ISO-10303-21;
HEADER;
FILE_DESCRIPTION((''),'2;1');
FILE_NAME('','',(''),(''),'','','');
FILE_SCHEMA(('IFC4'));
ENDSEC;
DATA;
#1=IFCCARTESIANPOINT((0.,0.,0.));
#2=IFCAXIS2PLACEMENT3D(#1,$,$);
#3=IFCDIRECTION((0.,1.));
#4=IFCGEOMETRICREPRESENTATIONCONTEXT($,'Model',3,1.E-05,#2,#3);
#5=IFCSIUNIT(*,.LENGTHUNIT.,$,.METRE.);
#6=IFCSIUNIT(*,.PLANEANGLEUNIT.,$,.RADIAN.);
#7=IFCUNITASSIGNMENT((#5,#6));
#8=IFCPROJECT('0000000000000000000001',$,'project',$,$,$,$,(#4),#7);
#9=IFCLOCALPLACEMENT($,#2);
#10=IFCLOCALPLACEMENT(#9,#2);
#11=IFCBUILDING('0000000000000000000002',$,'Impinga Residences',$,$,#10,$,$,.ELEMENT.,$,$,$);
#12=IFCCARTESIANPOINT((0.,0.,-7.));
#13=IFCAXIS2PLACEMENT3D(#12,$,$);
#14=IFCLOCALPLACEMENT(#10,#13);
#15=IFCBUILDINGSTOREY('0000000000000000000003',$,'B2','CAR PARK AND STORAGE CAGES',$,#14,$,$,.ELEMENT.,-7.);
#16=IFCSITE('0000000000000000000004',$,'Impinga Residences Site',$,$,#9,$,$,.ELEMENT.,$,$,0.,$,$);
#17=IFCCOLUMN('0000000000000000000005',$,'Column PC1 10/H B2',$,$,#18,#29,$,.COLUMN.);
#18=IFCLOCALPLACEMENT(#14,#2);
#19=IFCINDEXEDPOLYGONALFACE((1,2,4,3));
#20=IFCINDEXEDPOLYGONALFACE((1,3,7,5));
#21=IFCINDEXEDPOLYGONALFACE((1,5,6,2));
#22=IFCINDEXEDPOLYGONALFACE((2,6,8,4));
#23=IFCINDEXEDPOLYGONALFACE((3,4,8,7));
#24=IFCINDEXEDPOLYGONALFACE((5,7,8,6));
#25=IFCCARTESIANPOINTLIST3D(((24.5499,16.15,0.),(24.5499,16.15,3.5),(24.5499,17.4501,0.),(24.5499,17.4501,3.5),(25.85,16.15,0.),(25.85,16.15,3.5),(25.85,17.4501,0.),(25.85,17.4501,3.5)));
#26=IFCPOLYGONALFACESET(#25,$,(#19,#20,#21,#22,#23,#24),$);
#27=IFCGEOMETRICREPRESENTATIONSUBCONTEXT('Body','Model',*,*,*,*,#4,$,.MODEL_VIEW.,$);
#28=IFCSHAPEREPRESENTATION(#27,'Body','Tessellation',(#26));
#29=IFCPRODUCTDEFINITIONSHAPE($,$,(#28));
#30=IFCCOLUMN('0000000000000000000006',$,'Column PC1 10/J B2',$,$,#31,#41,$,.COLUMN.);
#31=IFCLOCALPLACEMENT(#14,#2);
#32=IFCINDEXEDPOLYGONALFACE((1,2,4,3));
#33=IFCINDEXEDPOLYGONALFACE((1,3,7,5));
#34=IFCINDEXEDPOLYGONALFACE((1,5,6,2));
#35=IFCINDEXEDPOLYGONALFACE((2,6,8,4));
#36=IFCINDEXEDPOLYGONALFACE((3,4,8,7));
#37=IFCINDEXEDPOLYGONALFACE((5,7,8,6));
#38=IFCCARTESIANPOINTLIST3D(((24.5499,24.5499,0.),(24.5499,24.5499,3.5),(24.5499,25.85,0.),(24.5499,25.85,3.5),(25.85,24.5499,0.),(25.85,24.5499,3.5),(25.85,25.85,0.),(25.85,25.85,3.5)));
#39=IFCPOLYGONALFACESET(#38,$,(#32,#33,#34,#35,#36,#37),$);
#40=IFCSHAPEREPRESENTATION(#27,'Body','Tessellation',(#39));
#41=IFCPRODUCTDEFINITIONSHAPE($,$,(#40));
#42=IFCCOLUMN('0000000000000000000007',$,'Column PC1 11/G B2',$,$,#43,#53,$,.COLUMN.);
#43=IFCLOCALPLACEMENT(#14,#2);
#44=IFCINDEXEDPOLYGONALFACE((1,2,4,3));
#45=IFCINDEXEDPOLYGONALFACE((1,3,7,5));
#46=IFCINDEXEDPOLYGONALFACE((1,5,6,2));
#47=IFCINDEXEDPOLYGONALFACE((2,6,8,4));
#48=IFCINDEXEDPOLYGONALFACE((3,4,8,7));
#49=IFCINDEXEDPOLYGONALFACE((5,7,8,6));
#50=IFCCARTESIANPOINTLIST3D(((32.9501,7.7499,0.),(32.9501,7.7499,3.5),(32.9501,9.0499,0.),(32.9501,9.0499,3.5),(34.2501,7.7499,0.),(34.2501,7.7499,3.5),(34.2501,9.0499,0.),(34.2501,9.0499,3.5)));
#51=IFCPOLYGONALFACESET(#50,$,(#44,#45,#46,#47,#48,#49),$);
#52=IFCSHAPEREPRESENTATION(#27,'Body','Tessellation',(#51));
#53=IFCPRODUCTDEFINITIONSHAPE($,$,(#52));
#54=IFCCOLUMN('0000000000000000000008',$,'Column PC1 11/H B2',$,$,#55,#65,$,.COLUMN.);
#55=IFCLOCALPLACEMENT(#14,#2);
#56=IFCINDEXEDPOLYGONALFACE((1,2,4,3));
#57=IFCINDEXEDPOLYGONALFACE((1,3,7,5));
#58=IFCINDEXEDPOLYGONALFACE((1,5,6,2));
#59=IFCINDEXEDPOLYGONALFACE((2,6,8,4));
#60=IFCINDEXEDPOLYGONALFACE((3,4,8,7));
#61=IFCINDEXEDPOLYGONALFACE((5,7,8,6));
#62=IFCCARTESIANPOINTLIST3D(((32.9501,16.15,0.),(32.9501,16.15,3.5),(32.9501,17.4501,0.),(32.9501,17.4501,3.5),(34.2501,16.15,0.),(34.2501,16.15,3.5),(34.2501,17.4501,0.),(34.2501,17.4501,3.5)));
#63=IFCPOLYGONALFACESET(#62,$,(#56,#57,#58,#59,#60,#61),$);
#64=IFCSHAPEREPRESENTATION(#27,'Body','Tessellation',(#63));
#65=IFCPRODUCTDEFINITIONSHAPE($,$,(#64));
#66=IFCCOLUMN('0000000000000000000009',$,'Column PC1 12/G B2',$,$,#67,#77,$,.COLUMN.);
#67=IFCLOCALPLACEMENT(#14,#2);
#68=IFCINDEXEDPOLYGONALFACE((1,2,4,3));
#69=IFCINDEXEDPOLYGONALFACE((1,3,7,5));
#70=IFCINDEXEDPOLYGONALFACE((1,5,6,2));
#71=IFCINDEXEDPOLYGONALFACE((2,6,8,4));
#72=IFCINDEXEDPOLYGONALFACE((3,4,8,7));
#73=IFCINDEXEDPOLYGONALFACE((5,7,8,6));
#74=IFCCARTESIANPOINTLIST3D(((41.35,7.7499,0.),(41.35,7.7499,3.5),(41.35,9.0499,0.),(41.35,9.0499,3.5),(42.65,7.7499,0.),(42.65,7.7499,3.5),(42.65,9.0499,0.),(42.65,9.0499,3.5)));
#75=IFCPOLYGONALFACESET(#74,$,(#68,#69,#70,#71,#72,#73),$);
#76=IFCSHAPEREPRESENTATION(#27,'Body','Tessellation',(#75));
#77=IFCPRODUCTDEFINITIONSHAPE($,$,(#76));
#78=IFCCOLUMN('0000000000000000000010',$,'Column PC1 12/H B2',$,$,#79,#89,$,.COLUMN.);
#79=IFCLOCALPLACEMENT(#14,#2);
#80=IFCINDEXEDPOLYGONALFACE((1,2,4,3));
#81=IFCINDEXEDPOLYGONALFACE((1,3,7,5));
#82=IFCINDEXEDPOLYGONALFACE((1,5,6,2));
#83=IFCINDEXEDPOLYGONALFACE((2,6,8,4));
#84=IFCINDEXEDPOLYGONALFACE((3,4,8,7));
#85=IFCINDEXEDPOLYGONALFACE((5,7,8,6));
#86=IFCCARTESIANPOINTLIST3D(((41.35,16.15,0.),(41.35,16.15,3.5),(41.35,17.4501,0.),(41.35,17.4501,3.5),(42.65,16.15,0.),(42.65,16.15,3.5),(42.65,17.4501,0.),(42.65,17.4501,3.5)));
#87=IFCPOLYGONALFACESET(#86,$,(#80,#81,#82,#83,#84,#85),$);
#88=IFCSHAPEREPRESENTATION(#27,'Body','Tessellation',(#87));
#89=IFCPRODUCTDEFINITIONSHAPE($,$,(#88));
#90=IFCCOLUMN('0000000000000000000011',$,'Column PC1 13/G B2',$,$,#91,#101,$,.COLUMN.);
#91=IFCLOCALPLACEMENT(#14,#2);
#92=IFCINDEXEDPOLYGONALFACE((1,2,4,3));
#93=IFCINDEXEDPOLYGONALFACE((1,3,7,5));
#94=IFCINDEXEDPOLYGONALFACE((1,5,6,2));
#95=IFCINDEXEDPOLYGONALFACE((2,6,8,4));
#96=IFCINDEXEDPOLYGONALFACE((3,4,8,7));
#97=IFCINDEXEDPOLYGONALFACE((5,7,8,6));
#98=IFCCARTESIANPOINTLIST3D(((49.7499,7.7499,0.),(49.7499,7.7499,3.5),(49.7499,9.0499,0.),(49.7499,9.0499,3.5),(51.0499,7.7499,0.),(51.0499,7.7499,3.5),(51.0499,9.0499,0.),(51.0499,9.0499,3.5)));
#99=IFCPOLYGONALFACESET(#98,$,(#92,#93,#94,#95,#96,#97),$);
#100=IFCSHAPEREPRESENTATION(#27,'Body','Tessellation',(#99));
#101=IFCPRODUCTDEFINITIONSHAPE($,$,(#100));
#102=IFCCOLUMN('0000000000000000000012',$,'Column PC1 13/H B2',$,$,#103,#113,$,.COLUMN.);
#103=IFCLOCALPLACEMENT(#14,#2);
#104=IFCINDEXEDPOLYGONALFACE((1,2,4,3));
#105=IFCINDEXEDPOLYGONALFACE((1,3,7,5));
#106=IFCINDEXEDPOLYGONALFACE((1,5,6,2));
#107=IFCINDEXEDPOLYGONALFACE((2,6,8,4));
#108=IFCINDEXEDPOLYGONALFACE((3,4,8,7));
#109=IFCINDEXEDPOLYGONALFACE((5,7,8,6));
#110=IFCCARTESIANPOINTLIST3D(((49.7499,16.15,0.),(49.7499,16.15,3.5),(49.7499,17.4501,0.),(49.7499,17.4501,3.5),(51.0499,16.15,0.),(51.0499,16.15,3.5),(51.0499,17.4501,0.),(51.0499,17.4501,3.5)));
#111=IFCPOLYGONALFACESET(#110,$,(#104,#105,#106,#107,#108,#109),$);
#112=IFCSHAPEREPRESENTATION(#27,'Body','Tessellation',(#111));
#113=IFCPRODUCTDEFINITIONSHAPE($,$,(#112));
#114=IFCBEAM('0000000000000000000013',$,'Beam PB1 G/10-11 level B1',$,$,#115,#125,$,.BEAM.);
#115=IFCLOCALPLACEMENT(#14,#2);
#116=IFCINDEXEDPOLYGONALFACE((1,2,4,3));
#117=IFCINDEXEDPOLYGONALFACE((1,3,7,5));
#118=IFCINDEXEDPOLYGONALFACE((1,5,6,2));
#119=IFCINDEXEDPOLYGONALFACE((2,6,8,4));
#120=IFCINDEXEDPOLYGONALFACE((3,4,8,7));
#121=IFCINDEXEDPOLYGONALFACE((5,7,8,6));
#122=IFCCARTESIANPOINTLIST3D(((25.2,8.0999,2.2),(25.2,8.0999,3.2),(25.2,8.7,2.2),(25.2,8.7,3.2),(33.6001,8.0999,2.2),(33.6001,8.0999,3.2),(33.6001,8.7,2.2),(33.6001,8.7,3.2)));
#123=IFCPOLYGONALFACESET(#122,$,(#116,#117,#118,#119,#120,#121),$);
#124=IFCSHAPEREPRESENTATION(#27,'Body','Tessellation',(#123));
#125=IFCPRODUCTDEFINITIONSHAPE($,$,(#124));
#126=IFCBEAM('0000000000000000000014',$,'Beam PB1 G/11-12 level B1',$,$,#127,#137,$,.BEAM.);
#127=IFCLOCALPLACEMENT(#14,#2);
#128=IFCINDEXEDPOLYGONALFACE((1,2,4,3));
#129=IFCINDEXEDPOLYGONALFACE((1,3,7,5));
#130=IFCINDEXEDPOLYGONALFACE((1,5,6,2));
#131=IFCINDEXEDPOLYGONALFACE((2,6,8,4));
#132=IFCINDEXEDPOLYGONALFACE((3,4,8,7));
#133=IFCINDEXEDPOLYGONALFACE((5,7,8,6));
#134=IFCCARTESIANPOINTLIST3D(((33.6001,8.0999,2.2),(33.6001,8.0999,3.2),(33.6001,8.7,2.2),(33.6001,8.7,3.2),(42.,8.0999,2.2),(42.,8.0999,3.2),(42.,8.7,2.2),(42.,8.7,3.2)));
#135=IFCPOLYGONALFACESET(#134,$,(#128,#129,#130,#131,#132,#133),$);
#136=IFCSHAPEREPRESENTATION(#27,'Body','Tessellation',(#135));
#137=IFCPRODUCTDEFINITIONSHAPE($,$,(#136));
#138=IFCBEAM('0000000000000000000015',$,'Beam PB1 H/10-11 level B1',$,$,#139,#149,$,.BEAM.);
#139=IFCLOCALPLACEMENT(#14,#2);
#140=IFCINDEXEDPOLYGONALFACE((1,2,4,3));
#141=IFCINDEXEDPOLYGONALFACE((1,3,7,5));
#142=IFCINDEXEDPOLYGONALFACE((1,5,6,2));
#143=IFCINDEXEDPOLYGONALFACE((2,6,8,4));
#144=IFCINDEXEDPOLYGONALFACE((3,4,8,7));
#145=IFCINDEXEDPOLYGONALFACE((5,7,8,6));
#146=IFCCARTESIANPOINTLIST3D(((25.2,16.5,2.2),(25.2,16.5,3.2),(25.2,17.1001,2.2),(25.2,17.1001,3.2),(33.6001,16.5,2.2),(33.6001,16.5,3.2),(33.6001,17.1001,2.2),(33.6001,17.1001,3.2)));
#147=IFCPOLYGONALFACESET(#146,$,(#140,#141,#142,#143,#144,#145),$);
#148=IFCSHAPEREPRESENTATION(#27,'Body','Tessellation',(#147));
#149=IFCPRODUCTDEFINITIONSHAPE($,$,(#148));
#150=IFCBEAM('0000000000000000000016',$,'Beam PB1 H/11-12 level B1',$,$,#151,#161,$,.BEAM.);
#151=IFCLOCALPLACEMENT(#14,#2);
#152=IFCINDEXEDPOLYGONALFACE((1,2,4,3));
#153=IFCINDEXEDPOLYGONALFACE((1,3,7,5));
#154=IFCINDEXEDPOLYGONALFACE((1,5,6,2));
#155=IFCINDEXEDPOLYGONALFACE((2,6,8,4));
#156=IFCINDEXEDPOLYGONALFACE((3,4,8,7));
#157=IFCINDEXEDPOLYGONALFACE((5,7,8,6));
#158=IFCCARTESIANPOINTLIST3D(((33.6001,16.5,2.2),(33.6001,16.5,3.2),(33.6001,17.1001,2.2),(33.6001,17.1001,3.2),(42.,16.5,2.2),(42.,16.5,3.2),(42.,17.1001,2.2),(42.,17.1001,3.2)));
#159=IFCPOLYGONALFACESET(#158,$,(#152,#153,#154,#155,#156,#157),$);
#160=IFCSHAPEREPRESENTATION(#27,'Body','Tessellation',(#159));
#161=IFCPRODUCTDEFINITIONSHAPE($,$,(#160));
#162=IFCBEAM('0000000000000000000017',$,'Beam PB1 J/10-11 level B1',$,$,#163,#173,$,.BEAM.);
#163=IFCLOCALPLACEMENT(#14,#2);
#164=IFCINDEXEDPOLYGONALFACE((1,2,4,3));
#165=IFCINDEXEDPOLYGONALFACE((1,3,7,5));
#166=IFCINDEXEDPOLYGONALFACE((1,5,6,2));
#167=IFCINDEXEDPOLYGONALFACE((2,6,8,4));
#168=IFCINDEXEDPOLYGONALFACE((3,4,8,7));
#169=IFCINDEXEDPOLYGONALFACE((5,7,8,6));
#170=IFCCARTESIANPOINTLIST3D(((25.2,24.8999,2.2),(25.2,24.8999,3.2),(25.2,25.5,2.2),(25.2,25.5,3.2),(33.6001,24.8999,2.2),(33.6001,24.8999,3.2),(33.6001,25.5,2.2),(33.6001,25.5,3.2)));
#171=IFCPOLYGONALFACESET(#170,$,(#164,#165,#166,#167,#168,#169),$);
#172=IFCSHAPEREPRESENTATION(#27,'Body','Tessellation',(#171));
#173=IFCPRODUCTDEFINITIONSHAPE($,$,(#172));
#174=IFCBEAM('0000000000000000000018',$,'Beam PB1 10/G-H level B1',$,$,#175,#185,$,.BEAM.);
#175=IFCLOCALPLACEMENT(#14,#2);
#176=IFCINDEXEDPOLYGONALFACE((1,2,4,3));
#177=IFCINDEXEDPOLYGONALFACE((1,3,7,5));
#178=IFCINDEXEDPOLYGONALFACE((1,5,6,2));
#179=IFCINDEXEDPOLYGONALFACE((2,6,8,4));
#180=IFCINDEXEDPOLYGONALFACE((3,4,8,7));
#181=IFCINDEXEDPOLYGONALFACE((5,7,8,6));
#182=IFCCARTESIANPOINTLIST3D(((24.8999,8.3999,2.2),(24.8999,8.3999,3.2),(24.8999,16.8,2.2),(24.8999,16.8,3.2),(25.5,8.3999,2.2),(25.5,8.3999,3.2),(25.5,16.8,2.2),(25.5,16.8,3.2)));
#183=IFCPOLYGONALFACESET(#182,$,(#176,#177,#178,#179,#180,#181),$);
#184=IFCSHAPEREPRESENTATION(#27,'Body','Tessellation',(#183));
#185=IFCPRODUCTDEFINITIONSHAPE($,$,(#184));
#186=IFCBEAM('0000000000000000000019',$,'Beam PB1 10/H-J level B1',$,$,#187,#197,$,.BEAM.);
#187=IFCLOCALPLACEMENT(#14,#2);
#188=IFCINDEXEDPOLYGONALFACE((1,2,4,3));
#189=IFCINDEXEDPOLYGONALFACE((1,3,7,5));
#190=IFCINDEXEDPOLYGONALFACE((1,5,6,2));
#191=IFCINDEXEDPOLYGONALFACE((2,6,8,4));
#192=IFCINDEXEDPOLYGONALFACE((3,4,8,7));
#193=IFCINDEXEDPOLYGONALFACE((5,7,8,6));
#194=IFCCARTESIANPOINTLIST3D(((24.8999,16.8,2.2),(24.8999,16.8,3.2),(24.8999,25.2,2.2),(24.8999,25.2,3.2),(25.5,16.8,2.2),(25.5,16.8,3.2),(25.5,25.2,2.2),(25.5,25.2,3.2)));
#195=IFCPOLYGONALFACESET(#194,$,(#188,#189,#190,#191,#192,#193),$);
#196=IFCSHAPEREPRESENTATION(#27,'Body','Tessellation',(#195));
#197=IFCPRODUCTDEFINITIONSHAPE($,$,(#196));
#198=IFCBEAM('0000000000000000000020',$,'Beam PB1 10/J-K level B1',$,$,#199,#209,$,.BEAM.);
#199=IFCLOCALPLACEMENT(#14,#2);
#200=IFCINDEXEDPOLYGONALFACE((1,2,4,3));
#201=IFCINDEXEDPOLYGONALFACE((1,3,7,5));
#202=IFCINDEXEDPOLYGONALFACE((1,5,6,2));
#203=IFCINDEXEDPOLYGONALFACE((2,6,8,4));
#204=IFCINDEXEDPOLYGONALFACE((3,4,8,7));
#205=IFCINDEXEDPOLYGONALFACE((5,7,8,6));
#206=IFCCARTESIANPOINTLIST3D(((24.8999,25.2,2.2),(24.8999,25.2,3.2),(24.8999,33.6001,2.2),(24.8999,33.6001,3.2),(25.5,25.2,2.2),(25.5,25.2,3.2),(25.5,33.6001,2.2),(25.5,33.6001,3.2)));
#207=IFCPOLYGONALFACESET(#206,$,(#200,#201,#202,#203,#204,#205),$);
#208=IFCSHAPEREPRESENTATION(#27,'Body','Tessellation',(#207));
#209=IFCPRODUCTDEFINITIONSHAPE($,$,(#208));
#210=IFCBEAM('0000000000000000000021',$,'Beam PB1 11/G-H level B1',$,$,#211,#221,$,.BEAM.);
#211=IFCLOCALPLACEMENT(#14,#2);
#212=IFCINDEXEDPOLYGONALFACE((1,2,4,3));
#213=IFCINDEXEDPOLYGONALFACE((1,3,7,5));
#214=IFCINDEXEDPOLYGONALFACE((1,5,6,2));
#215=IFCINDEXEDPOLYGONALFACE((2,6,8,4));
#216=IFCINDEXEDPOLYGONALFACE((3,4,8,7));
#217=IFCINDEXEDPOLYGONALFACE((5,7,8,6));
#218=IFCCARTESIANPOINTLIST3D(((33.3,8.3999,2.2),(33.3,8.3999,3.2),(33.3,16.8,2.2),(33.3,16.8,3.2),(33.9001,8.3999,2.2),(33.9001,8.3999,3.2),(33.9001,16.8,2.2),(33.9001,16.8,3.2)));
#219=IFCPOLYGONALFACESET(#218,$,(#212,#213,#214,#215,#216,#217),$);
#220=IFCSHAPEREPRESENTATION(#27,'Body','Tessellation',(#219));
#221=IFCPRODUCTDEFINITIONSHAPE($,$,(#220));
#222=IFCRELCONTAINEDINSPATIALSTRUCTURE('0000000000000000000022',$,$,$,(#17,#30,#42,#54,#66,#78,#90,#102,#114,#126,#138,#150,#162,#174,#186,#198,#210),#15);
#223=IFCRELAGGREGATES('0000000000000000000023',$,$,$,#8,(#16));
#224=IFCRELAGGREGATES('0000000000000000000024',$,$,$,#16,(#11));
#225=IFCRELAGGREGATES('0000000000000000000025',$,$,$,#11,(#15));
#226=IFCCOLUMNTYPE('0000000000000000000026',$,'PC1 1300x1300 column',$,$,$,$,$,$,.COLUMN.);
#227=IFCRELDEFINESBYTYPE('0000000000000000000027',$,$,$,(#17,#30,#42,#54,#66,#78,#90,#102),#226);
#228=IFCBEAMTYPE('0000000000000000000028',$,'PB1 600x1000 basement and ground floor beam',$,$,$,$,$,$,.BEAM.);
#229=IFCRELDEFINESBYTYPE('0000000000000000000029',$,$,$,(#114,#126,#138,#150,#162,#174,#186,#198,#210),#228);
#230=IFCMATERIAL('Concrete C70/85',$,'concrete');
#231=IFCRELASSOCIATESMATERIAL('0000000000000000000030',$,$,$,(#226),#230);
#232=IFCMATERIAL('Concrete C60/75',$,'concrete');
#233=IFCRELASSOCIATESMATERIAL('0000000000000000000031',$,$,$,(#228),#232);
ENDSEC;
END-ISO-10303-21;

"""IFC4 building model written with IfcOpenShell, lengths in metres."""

from ifc_helpers import new_model, si_unit, direction, frame, origin, origin_2d, place, context, subcontext, project, spatial, rectangle, extrude, material, material_profile, profile_set, type_object, element, save


model = new_model("IFC4")

# Units and contexts
model_context = context("Model", 3, precision=1e-05, world=origin(), true_north=direction((0.0, 1.0)))
body_context = subcontext(model_context, "Body", "Model", "MODEL_VIEW")
ifc_project = project(units=[si_unit("LENGTHUNIT", "METRE"), si_unit("PLANEANGLEUNIT", "RADIAN")], contexts=[model_context])

# Site, building, storey
site_placement = place(None, origin())
site = spatial("IfcSite", under=ifc_project, at=site_placement, Name="Impinga Residences Site", CompositionType="ELEMENT", RefElevation=0.0)
building_placement = place(site_placement, origin())
building = spatial("IfcBuilding", under=site, at=building_placement, Name="Impinga Residences", CompositionType="ELEMENT")
storey_placement = place(building_placement, frame((0.0, 0.0, -7.0)))
storey = spatial("IfcBuildingStorey", under=building, at=storey_placement, Name="B2", Description="CAR PARK AND STORAGE CAGES", CompositionType="ELEMENT", Elevation=-7.0)

# Columns
ifc_material_1 = material(Name="Concrete C70/85", Category="concrete")
ifc_material_profile_1 = material_profile(ifc_material_1, rectangle(XDim=1.3, YDim=1.3, at=origin_2d()), Name="RC 1300x1300")
ifc_profile_set_1 = profile_set([ifc_material_profile_1], Name="Concrete C70/85")
column_type = type_object("IfcColumnType", Name="PC1 1300x1300 column", PredefinedType="COLUMN", material=ifc_profile_set_1)
for number, where, z_axis, x_axis, name in (
    (1, (25.2, 16.8, 0.0), (0.0, 0.0, 1.0), (1.0, 0.0, 0.0), "Column PC1 10/H B2"),
    (2, (25.2, 25.2, 0.0), (0.0, 0.0, 1.0), (1.0, 0.0, 0.0), "Column PC1 10/J B2"),
    (3, (33.6001, 8.3999, 0.0), (0.0, 0.0, 1.0), (1.0, 0.0, 0.0), "Column PC1 11/G B2"),
    (4, (33.6001, 16.8, 0.0), (0.0, 0.0, 1.0), (1.0, 0.0, 0.0), "Column PC1 11/H B2"),
    (5, (42.0, 8.3999, 0.0), (0.0, 0.0, 1.0), (1.0, 0.0, 0.0), "Column PC1 12/G B2"),
    (6, (42.0, 16.8, 0.0), (0.0, 0.0, 1.0), (1.0, 0.0, 0.0), "Column PC1 12/H B2"),
    (7, (50.3999, 8.3999, 0.0), (0.0, 0.0, 1.0), (1.0, 0.0, 0.0), "Column PC1 13/G B2"),
    (8, (50.3999, 16.8, 0.0), (0.0, 0.0, 1.0), (1.0, 0.0, 0.0), "Column PC1 13/H B2"),
):
    element("IfcColumn", number, at=place(storey_placement, frame(where, z_axis=z_axis, x_axis=x_axis)), inside=storey, type_object=column_type, Name=name, PredefinedType="COLUMN", context=body_context, shape_type="SweptSolid", body=[
        extrude(rectangle(XDim=1.3, YDim=1.3, at=origin_2d()), origin(), (0.0, 0.0, 1.0), 3.5),
    ])

# Beams
ifc_material_2 = material(Name="Concrete C60/75", Category="concrete")
ifc_material_profile_2 = material_profile(ifc_material_2, rectangle(XDim=0.6001, YDim=1.0, at=origin_2d()), Name="RC 600x1000")
ifc_profile_set_2 = profile_set([ifc_material_profile_2], Name="Concrete C60/75")
beam_type = type_object("IfcBeamType", Name="PB1 600x1000 basement and ground floor beam", PredefinedType="BEAM", material=ifc_profile_set_2)
beam_1_placement = place(storey_placement, frame((25.2, 8.3999, 2.7), z_axis=(1.0, 0.0, 0.0), x_axis=(0.0, 1.0, 0.0)))
element("IfcBeam", 9, at=beam_1_placement, inside=storey, type_object=beam_type, Name="Beam PB1 G/10-11 level B1", PredefinedType="BEAM", context=body_context, shape_type="SweptSolid", body=[
    extrude(rectangle(XDim=0.6001, YDim=1.0, at=origin_2d()), origin(), (0.0, 0.0, 1.0), 8.4001),
])
beam_2_placement = place(storey_placement, frame((33.6001, 8.3999, 2.7), z_axis=(1.0, 0.0, 0.0), x_axis=(0.0, 1.0, 0.0)))
element("IfcBeam", 10, at=beam_2_placement, inside=storey, type_object=beam_type, Name="Beam PB1 G/11-12 level B1", PredefinedType="BEAM", context=body_context, shape_type="SweptSolid", body=[
    extrude(rectangle(XDim=0.6001, YDim=1.0, at=origin_2d()), origin(), (0.0, 0.0, 1.0), 8.3999),
])
beam_3_placement = place(storey_placement, frame((25.2, 16.8, 2.7), z_axis=(1.0, 0.0, 0.0), x_axis=(0.0, 1.0, 0.0)))
element("IfcBeam", 11, at=beam_3_placement, inside=storey, type_object=beam_type, Name="Beam PB1 H/10-11 level B1", PredefinedType="BEAM", context=body_context, shape_type="SweptSolid", body=[
    extrude(rectangle(XDim=0.6001, YDim=1.0, at=origin_2d()), origin(), (0.0, 0.0, 1.0), 8.4001),
])
beam_4_placement = place(storey_placement, frame((33.6001, 16.8, 2.7), z_axis=(1.0, 0.0, 0.0), x_axis=(0.0, 1.0, 0.0)))
element("IfcBeam", 12, at=beam_4_placement, inside=storey, type_object=beam_type, Name="Beam PB1 H/11-12 level B1", PredefinedType="BEAM", context=body_context, shape_type="SweptSolid", body=[
    extrude(rectangle(XDim=0.6001, YDim=1.0, at=origin_2d()), origin(), (0.0, 0.0, 1.0), 8.3999),
])
for number, where, z_axis, x_axis, name in (
    (13, (25.2, 25.2, 2.7), (1.0, 0.0, 0.0), (0.0, 1.0, 0.0), "Beam PB1 J/10-11 level B1"),
    (14, (25.2, 8.3999, 2.7), (0.0, 1.0, 0.0), (-1.0, 0.0, 0.0), "Beam PB1 10/G-H level B1"),
):
    element("IfcBeam", number, at=place(storey_placement, frame(where, z_axis=z_axis, x_axis=x_axis)), inside=storey, type_object=beam_type, Name=name, PredefinedType="BEAM", context=body_context, shape_type="SweptSolid", body=[
        extrude(rectangle(XDim=0.6001, YDim=1.0, at=origin_2d()), origin(), (0.0, 0.0, 1.0), 8.4001),
    ])
beam_5_placement = place(storey_placement, frame((25.2, 16.8, 2.7), z_axis=(0.0, 1.0, 0.0), x_axis=(-1.0, 0.0, 0.0)))
element("IfcBeam", 15, at=beam_5_placement, inside=storey, type_object=beam_type, Name="Beam PB1 10/H-J level B1", PredefinedType="BEAM", context=body_context, shape_type="SweptSolid", body=[
    extrude(rectangle(XDim=0.6001, YDim=1.0, at=origin_2d()), origin(), (0.0, 0.0, 1.0), 8.3999),
])
for number, where, z_axis, x_axis, name in (
    (16, (25.2, 25.2, 2.7), (0.0, 1.0, 0.0), (-1.0, 0.0, 0.0), "Beam PB1 10/J-K level B1"),
    (17, (33.6001, 8.3999, 2.7), (0.0, 1.0, 0.0), (-1.0, 0.0, 0.0), "Beam PB1 11/G-H level B1"),
):
    element("IfcBeam", number, at=place(storey_placement, frame(where, z_axis=z_axis, x_axis=x_axis)), inside=storey, type_object=beam_type, Name=name, PredefinedType="BEAM", context=body_context, shape_type="SweptSolid", body=[
        extrude(rectangle(XDim=0.6001, YDim=1.0, at=origin_2d()), origin(), (0.0, 0.0, 1.0), 8.4001),
    ])

save(model, "model.ifc")
